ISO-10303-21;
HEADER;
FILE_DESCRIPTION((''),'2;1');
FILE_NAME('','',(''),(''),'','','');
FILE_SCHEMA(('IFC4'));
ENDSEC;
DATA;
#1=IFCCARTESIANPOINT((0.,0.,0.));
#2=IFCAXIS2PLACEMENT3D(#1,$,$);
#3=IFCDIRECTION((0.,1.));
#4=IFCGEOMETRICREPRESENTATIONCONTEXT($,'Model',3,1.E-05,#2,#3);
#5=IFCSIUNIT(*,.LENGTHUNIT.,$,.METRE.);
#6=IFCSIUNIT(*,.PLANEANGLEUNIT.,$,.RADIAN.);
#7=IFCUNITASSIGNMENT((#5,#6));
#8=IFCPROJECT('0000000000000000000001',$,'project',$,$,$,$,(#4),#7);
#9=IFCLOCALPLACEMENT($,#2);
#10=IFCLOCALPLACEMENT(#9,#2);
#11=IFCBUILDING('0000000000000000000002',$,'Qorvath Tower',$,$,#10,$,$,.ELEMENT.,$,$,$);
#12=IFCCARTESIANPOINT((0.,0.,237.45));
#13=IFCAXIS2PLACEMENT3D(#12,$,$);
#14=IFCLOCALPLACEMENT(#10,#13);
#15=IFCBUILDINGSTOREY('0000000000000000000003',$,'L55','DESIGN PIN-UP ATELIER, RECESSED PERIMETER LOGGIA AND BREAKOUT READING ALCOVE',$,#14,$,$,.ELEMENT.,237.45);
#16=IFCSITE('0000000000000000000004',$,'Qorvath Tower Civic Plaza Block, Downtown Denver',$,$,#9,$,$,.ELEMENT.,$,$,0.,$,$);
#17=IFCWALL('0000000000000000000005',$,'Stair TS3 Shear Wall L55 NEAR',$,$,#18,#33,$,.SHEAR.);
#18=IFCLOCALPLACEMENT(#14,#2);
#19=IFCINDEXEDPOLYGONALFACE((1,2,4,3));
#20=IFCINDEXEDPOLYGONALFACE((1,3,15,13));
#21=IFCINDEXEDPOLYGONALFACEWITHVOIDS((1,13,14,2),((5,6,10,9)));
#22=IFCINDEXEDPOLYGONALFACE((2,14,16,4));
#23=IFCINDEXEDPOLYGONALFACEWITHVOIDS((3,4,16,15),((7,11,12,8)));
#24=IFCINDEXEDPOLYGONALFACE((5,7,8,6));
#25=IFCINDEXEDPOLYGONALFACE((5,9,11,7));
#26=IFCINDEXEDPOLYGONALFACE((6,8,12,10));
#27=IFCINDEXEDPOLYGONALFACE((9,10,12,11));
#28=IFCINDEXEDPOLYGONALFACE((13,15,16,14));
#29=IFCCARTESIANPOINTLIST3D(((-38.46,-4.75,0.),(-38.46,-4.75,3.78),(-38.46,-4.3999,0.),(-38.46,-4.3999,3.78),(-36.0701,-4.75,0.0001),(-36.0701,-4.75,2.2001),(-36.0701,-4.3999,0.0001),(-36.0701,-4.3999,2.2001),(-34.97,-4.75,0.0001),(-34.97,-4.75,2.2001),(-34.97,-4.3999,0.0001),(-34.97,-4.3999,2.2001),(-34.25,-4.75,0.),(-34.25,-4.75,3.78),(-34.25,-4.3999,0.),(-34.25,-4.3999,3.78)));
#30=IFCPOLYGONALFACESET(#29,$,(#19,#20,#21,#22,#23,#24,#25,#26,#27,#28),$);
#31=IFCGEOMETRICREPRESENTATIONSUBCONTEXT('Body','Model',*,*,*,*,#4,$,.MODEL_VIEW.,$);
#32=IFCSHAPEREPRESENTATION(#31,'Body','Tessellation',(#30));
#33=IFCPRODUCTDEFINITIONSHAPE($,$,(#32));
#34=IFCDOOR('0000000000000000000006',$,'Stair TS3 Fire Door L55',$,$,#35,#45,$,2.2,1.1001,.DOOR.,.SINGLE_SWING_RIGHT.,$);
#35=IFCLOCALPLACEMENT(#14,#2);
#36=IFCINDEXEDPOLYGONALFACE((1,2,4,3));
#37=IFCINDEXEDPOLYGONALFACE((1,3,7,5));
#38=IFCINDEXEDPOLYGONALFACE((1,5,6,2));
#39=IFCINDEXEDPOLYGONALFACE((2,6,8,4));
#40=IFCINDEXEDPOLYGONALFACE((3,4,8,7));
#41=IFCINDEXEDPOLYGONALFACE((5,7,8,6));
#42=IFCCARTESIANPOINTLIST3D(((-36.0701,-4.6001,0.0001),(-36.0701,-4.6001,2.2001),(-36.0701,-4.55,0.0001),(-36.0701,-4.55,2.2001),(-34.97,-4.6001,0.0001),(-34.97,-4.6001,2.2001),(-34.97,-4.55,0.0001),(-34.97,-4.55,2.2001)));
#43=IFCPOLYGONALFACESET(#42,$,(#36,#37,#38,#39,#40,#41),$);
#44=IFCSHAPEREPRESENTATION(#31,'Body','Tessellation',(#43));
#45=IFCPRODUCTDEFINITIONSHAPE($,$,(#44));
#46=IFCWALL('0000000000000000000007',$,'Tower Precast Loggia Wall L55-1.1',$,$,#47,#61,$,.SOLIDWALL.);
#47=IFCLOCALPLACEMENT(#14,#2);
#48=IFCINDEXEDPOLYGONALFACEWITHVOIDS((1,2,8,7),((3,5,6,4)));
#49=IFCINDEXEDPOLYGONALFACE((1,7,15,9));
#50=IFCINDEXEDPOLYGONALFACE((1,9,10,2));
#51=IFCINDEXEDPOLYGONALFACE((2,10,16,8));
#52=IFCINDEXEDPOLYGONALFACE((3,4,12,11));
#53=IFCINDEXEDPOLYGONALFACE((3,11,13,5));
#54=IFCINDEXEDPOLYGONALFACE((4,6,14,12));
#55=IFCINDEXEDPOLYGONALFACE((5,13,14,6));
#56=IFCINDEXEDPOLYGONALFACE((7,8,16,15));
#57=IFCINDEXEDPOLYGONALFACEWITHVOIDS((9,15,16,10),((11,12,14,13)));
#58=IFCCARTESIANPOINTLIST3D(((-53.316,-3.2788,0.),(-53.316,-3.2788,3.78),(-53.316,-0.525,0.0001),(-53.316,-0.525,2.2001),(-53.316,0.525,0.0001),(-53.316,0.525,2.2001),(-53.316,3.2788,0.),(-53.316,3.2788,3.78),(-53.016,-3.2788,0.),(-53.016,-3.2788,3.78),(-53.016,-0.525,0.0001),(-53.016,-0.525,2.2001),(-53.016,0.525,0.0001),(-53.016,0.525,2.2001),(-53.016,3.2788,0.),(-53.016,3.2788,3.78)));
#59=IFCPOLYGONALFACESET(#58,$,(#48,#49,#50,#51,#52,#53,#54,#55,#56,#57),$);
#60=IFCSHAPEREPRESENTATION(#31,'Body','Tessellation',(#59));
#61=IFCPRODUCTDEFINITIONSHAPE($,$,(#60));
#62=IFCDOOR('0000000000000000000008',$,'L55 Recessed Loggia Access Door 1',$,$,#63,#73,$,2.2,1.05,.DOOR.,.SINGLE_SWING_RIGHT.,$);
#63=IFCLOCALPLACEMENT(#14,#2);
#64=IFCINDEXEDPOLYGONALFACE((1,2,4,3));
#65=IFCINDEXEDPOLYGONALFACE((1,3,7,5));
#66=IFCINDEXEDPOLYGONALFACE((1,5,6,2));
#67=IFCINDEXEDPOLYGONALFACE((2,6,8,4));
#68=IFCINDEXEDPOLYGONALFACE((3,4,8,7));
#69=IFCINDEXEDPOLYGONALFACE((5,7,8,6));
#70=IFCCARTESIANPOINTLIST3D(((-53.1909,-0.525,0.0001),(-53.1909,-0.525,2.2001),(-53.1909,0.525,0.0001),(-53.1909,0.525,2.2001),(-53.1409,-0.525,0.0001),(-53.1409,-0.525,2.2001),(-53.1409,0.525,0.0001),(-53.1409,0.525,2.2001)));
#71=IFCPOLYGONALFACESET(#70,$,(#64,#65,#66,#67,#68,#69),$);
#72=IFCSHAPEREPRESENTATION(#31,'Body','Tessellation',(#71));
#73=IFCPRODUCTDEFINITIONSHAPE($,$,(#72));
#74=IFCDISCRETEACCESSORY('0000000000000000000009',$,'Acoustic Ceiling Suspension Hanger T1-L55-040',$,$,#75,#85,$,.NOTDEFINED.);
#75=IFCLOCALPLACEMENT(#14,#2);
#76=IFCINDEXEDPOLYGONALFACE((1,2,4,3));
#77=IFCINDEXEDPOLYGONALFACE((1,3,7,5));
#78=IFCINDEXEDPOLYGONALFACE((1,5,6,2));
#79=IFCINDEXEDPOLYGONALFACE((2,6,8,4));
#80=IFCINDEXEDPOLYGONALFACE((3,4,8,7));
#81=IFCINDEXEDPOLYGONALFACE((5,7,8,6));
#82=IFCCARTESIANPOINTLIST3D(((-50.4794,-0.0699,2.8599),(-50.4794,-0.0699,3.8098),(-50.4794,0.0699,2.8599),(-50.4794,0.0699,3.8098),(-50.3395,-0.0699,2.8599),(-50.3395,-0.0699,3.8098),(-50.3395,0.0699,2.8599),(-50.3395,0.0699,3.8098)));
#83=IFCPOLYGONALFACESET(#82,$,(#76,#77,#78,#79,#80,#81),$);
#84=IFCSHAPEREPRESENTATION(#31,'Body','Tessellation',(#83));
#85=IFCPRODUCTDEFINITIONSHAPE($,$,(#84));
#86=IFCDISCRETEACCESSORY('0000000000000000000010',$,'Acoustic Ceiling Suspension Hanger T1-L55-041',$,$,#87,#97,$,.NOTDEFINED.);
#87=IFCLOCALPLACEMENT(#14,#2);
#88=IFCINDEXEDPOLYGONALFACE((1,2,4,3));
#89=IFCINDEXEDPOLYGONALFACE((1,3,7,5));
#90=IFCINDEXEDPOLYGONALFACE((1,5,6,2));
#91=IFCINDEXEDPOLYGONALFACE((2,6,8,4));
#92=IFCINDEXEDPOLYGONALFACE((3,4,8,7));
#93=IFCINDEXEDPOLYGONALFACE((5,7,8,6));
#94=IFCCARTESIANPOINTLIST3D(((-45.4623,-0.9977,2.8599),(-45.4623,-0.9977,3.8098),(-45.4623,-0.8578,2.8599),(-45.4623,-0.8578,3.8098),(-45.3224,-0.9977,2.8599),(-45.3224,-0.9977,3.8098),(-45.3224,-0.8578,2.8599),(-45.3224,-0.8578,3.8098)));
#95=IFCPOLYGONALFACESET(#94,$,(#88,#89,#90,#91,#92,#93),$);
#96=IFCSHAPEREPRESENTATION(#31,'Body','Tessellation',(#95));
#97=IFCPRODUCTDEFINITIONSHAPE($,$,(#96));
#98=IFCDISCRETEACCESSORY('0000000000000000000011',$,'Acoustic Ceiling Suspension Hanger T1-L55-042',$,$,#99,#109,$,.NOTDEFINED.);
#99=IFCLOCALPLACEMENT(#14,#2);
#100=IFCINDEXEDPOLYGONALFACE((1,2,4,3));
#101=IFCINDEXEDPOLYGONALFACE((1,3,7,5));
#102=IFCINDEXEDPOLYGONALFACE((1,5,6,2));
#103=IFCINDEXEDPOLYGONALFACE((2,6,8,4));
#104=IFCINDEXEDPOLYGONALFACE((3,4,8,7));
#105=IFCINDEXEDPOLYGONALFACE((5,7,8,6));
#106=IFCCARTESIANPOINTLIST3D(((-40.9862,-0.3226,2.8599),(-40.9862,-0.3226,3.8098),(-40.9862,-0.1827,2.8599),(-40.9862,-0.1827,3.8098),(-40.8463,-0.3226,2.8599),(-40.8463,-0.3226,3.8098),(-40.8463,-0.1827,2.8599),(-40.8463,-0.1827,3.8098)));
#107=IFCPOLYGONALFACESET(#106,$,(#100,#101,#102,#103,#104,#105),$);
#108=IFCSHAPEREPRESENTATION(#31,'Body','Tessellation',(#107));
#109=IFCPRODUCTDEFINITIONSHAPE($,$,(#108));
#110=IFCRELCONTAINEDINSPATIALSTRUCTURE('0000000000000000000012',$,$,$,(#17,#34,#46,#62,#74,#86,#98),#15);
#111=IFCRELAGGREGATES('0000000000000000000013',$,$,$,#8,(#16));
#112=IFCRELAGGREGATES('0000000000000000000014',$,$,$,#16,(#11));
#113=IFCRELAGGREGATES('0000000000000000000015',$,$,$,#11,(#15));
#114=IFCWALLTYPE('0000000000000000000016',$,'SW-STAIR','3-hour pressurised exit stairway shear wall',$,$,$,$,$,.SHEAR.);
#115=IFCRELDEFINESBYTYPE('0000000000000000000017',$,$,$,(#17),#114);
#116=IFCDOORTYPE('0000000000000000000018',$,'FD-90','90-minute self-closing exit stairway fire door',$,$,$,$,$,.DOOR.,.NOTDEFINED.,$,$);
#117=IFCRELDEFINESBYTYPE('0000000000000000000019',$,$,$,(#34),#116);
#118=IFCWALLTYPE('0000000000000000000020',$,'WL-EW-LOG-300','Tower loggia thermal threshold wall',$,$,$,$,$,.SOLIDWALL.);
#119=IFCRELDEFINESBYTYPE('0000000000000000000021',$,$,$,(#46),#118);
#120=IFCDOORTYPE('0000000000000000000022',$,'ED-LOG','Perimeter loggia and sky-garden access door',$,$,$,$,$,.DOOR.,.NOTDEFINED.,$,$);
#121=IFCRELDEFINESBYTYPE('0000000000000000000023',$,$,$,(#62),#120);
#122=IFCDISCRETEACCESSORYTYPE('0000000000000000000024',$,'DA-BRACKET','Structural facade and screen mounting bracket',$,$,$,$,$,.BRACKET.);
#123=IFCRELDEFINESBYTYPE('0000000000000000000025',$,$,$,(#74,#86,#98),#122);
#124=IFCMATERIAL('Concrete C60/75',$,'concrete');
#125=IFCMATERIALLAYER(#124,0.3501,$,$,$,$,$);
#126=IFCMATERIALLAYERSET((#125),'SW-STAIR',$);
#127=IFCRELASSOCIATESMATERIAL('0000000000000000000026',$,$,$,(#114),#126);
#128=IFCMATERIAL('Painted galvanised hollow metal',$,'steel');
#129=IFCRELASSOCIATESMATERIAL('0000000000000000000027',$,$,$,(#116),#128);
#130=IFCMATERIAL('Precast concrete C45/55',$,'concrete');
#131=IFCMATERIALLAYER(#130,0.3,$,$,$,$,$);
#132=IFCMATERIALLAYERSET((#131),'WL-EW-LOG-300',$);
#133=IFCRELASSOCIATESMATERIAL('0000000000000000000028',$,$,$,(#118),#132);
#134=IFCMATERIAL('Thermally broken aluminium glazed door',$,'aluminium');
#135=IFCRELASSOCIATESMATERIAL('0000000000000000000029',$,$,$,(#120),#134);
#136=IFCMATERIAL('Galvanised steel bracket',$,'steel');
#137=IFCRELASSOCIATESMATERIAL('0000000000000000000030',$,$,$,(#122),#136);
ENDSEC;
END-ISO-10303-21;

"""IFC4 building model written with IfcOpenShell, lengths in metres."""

from ifc_helpers import new_model, si_unit, direction, frame, frame_2d, origin, origin_2d, place, context, subcontext, project, spatial, rectangle, extrude, material, layer, layer_set, type_object, element, fill, save


model = new_model("IFC4")

# Units and contexts
model_context = context("Model", 3, precision=1e-05, world=origin(), true_north=direction((0.0, 1.0)))
body_context = subcontext(model_context, "Body", "Model", "MODEL_VIEW")
ifc_project = project(units=[si_unit("LENGTHUNIT", "METRE"), si_unit("PLANEANGLEUNIT", "RADIAN")], contexts=[model_context])

# Site, building, storey
site_placement = place(None, origin())
site = spatial("IfcSite", under=ifc_project, at=site_placement, Name="Qorvath Tower Civic Plaza Block, Downtown Denver", CompositionType="ELEMENT", RefElevation=0.0)
building_placement = place(site_placement, origin())
building = spatial("IfcBuilding", under=site, at=building_placement, Name="Qorvath Tower", CompositionType="ELEMENT")
storey_placement = place(building_placement, frame((0.0, 0.0, 237.45)))
storey = spatial("IfcBuildingStorey", under=building, at=storey_placement, Name="L55", Description="DESIGN PIN-UP ATELIER, RECESSED PERIMETER LOGGIA AND BREAKOUT READING ALCOVE", CompositionType="ELEMENT", Elevation=237.45)

# Walls, openings, doors
ifc_material_1 = material(Name="Concrete C60/75", Category="concrete")
ifc_layer_1 = layer(ifc_material_1, 0.3501)
ifc_layer_set_1 = layer_set([ifc_layer_1], Name="SW-STAIR")
wall_type_1 = type_object("IfcWallType", Name="SW-STAIR", Description="3-hour pressurised exit stairway shear wall", PredefinedType="SHEAR", material=ifc_layer_set_1)
wall_1_placement = place(storey_placement, frame((-38.46, -4.575, 0.0), z_axis=(0.0, 0.0, 1.0), x_axis=(1.0, 0.0, 0.0)))
wall_1 = element("IfcWall", 1, at=wall_1_placement, inside=storey, type_object=wall_type_1, Name="Stair TS3 Shear Wall L55 NEAR", PredefinedType="SHEAR", context=body_context, shape_type="SweptSolid", body=[
    extrude(rectangle(XDim=4.21, YDim=0.3501, at=frame_2d((2.105, 0.0))), origin(), (0.0, 0.0, 1.0), 3.78),
])
opening_1_placement = place(wall_1_placement, frame((2.3899, 0.0, 0.0)))
opening_1 = element("IfcOpeningElement", 2, at=opening_1_placement, cuts=wall_1, PredefinedType="OPENING", context=body_context, shape_type="SweptSolid", body=[
    extrude(rectangle(XDim=1.1001, YDim=2.2, at=frame_2d((0.55, 1.1001))), frame((0.0, 0.1851, 0.0), z_axis=(0.0, -1.0, 0.0), x_axis=(1.0, 0.0, 0.0)), (0.0, 0.0, 1.0), 0.3701),
])
ifc_material_2 = material(Name="Painted galvanised hollow metal", Category="steel")
door_type_1 = type_object("IfcDoorType", Name="FD-90", Description="90-minute self-closing exit stairway fire door", OperationType="NOTDEFINED", PredefinedType="DOOR", material=ifc_material_2)
door_1_placement = place(opening_1_placement, origin())
door_1 = element("IfcDoor", 3, at=door_1_placement, inside=storey, type_object=door_type_1, Name="Stair TS3 Fire Door L55", OperationType="SINGLE_SWING_RIGHT", OverallHeight=2.2, OverallWidth=1.1001, PredefinedType="DOOR", context=body_context, shape_type="SweptSolid", body=[
    extrude(rectangle(XDim=1.1001, YDim=2.2, at=frame_2d((0.55, 1.1001))), frame((0.0, 0.0249, 0.0), z_axis=(0.0, -1.0, 0.0), x_axis=(1.0, 0.0, 0.0)), (0.0, 0.0, 1.0), 0.05),
])
fill(opening_1, door_1)
ifc_material_3 = material(Name="Precast concrete C45/55", Category="concrete")
ifc_layer_2 = layer(ifc_material_3, 0.3)
ifc_layer_set_2 = layer_set([ifc_layer_2], Name="WL-EW-LOG-300")
wall_type_2 = type_object("IfcWallType", Name="WL-EW-LOG-300", Description="Tower loggia thermal threshold wall", PredefinedType="SOLIDWALL", material=ifc_layer_set_2)
wall_2_placement = place(storey_placement, frame((-53.166, -3.2788, 0.0), z_axis=(0.0, 0.0, 1.0), x_axis=(0.0, 1.0, 0.0)))
wall_2 = element("IfcWall", 4, at=wall_2_placement, inside=storey, type_object=wall_type_2, Name="Tower Precast Loggia Wall L55-1.1", PredefinedType="SOLIDWALL", context=body_context, shape_type="SweptSolid", body=[
    extrude(rectangle(XDim=6.5576, YDim=0.3, at=frame_2d((3.2788, 0.0))), origin(), (0.0, 0.0, 1.0), 3.78),
])
opening_2_placement = place(wall_2_placement, frame((2.7539, 0.0, 0.0)))
opening_2 = element("IfcOpeningElement", 5, at=opening_2_placement, cuts=wall_2, PredefinedType="OPENING", context=body_context, shape_type="SweptSolid", body=[
    extrude(rectangle(XDim=1.05, YDim=2.2, at=frame_2d((0.5249, 1.1001))), frame((0.0, 0.1602, 0.0), z_axis=(0.0, -1.0, 0.0), x_axis=(1.0, 0.0, 0.0)), (0.0, 0.0, 1.0), 0.3201),
])
ifc_material_4 = material(Name="Thermally broken aluminium glazed door", Category="aluminium")
door_type_2 = type_object("IfcDoorType", Name="ED-LOG", Description="Perimeter loggia and sky-garden access door", OperationType="NOTDEFINED", PredefinedType="DOOR", material=ifc_material_4)
door_2_placement = place(opening_2_placement, origin())
door_2 = element("IfcDoor", 6, at=door_2_placement, inside=storey, type_object=door_type_2, Name="L55 Recessed Loggia Access Door 1", OperationType="SINGLE_SWING_RIGHT", OverallHeight=2.2, OverallWidth=1.05, PredefinedType="DOOR", context=body_context, shape_type="SweptSolid", body=[
    extrude(rectangle(XDim=1.05, YDim=2.2, at=frame_2d((0.5249, 1.1001))), frame((0.0, 0.0249, 0.0), z_axis=(0.0, -1.0, 0.0), x_axis=(1.0, 0.0, 0.0)), (0.0, 0.0, 1.0), 0.05),
])
fill(opening_2, door_2)

# Discrete accessories
ifc_material_5 = material(Name="Galvanised steel bracket", Category="steel")
discrete_accessory_type = type_object("IfcDiscreteAccessoryType", Name="DA-BRACKET", Description="Structural facade and screen mounting bracket", PredefinedType="BRACKET", material=ifc_material_5)
for number, where, z_axis, x_axis, name in (
    (7, (-50.4094, 0.0, 2.8599), (0.0, 0.0, 1.0), (1.0, 0.0, 0.0), "Acoustic Ceiling Suspension Hanger T1-L55-040"),
    (8, (-45.3923, -0.9277, 2.8599), (0.0, 0.0, 1.0), (1.0, 0.0, 0.0), "Acoustic Ceiling Suspension Hanger T1-L55-041"),
    (9, (-40.9163, -0.2527, 2.8599), (0.0, 0.0, 1.0), (1.0, 0.0, 0.0), "Acoustic Ceiling Suspension Hanger T1-L55-042"),
):
    element("IfcDiscreteAccessory", number, at=place(storey_placement, frame(where, z_axis=z_axis, x_axis=x_axis)), inside=storey, type_object=discrete_accessory_type, Name=name, PredefinedType="NOTDEFINED", context=body_context, shape_type="SweptSolid", body=[
        extrude(rectangle(XDim=0.1399, YDim=0.1399, at=origin_2d()), origin(), (0.0, 0.0, 1.0), 0.95),
    ])

save(model, "model.ifc")
